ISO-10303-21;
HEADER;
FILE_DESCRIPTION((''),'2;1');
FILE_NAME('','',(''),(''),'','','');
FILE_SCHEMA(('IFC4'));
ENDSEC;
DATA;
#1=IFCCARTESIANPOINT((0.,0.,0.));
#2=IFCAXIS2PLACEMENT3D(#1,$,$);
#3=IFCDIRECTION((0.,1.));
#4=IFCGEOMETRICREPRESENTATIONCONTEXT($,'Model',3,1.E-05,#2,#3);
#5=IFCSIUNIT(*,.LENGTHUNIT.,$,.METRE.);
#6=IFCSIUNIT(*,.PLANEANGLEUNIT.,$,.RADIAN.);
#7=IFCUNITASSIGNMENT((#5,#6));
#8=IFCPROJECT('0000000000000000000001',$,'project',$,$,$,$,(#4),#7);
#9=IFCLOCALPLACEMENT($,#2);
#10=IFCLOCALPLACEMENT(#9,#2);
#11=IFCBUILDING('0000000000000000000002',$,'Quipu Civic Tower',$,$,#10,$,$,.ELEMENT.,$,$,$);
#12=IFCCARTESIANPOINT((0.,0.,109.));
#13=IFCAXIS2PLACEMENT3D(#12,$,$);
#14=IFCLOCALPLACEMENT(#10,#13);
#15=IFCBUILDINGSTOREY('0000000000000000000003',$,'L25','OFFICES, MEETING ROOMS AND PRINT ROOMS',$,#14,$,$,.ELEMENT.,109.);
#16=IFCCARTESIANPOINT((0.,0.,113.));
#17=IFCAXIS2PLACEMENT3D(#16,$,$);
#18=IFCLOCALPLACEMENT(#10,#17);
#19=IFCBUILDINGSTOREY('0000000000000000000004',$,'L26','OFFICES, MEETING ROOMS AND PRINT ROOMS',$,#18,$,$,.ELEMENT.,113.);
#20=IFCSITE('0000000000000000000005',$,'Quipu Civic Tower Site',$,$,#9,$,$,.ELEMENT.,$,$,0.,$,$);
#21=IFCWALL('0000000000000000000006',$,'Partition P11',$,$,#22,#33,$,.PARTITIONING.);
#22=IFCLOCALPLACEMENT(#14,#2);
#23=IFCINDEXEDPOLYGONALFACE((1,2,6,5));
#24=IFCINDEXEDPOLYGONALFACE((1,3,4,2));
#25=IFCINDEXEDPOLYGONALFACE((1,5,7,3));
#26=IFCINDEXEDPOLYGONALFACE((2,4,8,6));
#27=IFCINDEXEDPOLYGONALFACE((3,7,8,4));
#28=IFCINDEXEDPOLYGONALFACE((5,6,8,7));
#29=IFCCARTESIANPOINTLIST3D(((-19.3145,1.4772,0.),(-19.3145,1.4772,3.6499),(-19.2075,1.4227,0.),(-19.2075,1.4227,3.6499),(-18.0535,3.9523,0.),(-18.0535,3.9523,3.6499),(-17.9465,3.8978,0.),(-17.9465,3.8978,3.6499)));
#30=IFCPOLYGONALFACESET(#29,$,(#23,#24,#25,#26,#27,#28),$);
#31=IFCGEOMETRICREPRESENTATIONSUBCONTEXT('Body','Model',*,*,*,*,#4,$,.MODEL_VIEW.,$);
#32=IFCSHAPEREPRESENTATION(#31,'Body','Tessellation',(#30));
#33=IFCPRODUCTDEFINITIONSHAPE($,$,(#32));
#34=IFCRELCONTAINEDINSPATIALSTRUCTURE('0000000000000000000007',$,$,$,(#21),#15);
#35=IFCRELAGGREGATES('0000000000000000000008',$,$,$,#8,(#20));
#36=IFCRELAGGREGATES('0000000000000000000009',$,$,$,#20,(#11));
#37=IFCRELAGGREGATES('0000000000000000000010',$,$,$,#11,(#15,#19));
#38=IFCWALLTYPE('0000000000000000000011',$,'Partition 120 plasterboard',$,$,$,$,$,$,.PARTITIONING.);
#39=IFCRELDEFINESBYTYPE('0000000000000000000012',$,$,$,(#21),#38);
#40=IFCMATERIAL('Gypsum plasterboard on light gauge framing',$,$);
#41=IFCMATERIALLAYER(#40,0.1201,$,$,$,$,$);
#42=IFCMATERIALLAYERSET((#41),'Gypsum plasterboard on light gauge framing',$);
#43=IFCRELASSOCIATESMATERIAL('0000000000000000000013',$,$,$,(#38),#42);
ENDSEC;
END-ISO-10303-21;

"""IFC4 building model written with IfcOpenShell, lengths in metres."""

from ifc_helpers import new_model, si_unit, direction, frame, frame_2d, origin, place, context, subcontext, project, spatial, rectangle, extrude, material, layer, layer_set, type_object, element, save


model = new_model("IFC4")

# Units and contexts
model_context = context("Model", 3, precision=1e-05, world=origin(), true_north=direction((0.0, 1.0)))
body_context = subcontext(model_context, "Body", "Model", "MODEL_VIEW")
ifc_project = project(units=[si_unit("LENGTHUNIT", "METRE"), si_unit("PLANEANGLEUNIT", "RADIAN")], contexts=[model_context])

# Site, building, storey
site_placement = place(None, origin())
site = spatial("IfcSite", under=ifc_project, at=site_placement, Name="Quipu Civic Tower Site", CompositionType="ELEMENT", RefElevation=0.0)
building_placement = place(site_placement, origin())
building = spatial("IfcBuilding", under=site, at=building_placement, Name="Quipu Civic Tower", CompositionType="ELEMENT")
storey_1_placement = place(building_placement, frame((0.0, 0.0, 109.0)))
storey_1 = spatial("IfcBuildingStorey", under=building, at=storey_1_placement, Name="L25", Description="OFFICES, MEETING ROOMS AND PRINT ROOMS", CompositionType="ELEMENT", Elevation=109.0)

# Shared definitions
storey_2_placement = place(building_placement, frame((0.0, 0.0, 113.0)))
storey_2 = spatial("IfcBuildingStorey", under=building, at=storey_2_placement, Name="L26", Description="OFFICES, MEETING ROOMS AND PRINT ROOMS", CompositionType="ELEMENT", Elevation=113.0)

# Wall
ifc_material_1 = material(Name="Gypsum plasterboard on light gauge framing")
ifc_layer_1 = layer(ifc_material_1, 0.1201)
ifc_layer_set_1 = layer_set([ifc_layer_1], Name="Gypsum plasterboard on light gauge framing")
wall_type_1 = type_object("IfcWallType", Name="Partition 120 plasterboard", PredefinedType="PARTITIONING", material=ifc_layer_set_1)
wall_1_placement = place(storey_1_placement, frame((-19.261, 1.45, 0.0), z_axis=(0.0, 0.0, 1.0), x_axis=(0.453951, 0.891027, 0.0)))
element("IfcWall", 1, at=wall_1_placement, inside=storey_1, type_object=wall_type_1, Name="Partition P11", PredefinedType="PARTITIONING", context=body_context, shape_type="SweptSolid", body=[
    extrude(rectangle(XDim=2.7778, YDim=0.1201, at=frame_2d((1.3889, 0.0))), origin(), (0.0, 0.0, 1.0), 3.6499),
])

save(model, "model.ifc")
